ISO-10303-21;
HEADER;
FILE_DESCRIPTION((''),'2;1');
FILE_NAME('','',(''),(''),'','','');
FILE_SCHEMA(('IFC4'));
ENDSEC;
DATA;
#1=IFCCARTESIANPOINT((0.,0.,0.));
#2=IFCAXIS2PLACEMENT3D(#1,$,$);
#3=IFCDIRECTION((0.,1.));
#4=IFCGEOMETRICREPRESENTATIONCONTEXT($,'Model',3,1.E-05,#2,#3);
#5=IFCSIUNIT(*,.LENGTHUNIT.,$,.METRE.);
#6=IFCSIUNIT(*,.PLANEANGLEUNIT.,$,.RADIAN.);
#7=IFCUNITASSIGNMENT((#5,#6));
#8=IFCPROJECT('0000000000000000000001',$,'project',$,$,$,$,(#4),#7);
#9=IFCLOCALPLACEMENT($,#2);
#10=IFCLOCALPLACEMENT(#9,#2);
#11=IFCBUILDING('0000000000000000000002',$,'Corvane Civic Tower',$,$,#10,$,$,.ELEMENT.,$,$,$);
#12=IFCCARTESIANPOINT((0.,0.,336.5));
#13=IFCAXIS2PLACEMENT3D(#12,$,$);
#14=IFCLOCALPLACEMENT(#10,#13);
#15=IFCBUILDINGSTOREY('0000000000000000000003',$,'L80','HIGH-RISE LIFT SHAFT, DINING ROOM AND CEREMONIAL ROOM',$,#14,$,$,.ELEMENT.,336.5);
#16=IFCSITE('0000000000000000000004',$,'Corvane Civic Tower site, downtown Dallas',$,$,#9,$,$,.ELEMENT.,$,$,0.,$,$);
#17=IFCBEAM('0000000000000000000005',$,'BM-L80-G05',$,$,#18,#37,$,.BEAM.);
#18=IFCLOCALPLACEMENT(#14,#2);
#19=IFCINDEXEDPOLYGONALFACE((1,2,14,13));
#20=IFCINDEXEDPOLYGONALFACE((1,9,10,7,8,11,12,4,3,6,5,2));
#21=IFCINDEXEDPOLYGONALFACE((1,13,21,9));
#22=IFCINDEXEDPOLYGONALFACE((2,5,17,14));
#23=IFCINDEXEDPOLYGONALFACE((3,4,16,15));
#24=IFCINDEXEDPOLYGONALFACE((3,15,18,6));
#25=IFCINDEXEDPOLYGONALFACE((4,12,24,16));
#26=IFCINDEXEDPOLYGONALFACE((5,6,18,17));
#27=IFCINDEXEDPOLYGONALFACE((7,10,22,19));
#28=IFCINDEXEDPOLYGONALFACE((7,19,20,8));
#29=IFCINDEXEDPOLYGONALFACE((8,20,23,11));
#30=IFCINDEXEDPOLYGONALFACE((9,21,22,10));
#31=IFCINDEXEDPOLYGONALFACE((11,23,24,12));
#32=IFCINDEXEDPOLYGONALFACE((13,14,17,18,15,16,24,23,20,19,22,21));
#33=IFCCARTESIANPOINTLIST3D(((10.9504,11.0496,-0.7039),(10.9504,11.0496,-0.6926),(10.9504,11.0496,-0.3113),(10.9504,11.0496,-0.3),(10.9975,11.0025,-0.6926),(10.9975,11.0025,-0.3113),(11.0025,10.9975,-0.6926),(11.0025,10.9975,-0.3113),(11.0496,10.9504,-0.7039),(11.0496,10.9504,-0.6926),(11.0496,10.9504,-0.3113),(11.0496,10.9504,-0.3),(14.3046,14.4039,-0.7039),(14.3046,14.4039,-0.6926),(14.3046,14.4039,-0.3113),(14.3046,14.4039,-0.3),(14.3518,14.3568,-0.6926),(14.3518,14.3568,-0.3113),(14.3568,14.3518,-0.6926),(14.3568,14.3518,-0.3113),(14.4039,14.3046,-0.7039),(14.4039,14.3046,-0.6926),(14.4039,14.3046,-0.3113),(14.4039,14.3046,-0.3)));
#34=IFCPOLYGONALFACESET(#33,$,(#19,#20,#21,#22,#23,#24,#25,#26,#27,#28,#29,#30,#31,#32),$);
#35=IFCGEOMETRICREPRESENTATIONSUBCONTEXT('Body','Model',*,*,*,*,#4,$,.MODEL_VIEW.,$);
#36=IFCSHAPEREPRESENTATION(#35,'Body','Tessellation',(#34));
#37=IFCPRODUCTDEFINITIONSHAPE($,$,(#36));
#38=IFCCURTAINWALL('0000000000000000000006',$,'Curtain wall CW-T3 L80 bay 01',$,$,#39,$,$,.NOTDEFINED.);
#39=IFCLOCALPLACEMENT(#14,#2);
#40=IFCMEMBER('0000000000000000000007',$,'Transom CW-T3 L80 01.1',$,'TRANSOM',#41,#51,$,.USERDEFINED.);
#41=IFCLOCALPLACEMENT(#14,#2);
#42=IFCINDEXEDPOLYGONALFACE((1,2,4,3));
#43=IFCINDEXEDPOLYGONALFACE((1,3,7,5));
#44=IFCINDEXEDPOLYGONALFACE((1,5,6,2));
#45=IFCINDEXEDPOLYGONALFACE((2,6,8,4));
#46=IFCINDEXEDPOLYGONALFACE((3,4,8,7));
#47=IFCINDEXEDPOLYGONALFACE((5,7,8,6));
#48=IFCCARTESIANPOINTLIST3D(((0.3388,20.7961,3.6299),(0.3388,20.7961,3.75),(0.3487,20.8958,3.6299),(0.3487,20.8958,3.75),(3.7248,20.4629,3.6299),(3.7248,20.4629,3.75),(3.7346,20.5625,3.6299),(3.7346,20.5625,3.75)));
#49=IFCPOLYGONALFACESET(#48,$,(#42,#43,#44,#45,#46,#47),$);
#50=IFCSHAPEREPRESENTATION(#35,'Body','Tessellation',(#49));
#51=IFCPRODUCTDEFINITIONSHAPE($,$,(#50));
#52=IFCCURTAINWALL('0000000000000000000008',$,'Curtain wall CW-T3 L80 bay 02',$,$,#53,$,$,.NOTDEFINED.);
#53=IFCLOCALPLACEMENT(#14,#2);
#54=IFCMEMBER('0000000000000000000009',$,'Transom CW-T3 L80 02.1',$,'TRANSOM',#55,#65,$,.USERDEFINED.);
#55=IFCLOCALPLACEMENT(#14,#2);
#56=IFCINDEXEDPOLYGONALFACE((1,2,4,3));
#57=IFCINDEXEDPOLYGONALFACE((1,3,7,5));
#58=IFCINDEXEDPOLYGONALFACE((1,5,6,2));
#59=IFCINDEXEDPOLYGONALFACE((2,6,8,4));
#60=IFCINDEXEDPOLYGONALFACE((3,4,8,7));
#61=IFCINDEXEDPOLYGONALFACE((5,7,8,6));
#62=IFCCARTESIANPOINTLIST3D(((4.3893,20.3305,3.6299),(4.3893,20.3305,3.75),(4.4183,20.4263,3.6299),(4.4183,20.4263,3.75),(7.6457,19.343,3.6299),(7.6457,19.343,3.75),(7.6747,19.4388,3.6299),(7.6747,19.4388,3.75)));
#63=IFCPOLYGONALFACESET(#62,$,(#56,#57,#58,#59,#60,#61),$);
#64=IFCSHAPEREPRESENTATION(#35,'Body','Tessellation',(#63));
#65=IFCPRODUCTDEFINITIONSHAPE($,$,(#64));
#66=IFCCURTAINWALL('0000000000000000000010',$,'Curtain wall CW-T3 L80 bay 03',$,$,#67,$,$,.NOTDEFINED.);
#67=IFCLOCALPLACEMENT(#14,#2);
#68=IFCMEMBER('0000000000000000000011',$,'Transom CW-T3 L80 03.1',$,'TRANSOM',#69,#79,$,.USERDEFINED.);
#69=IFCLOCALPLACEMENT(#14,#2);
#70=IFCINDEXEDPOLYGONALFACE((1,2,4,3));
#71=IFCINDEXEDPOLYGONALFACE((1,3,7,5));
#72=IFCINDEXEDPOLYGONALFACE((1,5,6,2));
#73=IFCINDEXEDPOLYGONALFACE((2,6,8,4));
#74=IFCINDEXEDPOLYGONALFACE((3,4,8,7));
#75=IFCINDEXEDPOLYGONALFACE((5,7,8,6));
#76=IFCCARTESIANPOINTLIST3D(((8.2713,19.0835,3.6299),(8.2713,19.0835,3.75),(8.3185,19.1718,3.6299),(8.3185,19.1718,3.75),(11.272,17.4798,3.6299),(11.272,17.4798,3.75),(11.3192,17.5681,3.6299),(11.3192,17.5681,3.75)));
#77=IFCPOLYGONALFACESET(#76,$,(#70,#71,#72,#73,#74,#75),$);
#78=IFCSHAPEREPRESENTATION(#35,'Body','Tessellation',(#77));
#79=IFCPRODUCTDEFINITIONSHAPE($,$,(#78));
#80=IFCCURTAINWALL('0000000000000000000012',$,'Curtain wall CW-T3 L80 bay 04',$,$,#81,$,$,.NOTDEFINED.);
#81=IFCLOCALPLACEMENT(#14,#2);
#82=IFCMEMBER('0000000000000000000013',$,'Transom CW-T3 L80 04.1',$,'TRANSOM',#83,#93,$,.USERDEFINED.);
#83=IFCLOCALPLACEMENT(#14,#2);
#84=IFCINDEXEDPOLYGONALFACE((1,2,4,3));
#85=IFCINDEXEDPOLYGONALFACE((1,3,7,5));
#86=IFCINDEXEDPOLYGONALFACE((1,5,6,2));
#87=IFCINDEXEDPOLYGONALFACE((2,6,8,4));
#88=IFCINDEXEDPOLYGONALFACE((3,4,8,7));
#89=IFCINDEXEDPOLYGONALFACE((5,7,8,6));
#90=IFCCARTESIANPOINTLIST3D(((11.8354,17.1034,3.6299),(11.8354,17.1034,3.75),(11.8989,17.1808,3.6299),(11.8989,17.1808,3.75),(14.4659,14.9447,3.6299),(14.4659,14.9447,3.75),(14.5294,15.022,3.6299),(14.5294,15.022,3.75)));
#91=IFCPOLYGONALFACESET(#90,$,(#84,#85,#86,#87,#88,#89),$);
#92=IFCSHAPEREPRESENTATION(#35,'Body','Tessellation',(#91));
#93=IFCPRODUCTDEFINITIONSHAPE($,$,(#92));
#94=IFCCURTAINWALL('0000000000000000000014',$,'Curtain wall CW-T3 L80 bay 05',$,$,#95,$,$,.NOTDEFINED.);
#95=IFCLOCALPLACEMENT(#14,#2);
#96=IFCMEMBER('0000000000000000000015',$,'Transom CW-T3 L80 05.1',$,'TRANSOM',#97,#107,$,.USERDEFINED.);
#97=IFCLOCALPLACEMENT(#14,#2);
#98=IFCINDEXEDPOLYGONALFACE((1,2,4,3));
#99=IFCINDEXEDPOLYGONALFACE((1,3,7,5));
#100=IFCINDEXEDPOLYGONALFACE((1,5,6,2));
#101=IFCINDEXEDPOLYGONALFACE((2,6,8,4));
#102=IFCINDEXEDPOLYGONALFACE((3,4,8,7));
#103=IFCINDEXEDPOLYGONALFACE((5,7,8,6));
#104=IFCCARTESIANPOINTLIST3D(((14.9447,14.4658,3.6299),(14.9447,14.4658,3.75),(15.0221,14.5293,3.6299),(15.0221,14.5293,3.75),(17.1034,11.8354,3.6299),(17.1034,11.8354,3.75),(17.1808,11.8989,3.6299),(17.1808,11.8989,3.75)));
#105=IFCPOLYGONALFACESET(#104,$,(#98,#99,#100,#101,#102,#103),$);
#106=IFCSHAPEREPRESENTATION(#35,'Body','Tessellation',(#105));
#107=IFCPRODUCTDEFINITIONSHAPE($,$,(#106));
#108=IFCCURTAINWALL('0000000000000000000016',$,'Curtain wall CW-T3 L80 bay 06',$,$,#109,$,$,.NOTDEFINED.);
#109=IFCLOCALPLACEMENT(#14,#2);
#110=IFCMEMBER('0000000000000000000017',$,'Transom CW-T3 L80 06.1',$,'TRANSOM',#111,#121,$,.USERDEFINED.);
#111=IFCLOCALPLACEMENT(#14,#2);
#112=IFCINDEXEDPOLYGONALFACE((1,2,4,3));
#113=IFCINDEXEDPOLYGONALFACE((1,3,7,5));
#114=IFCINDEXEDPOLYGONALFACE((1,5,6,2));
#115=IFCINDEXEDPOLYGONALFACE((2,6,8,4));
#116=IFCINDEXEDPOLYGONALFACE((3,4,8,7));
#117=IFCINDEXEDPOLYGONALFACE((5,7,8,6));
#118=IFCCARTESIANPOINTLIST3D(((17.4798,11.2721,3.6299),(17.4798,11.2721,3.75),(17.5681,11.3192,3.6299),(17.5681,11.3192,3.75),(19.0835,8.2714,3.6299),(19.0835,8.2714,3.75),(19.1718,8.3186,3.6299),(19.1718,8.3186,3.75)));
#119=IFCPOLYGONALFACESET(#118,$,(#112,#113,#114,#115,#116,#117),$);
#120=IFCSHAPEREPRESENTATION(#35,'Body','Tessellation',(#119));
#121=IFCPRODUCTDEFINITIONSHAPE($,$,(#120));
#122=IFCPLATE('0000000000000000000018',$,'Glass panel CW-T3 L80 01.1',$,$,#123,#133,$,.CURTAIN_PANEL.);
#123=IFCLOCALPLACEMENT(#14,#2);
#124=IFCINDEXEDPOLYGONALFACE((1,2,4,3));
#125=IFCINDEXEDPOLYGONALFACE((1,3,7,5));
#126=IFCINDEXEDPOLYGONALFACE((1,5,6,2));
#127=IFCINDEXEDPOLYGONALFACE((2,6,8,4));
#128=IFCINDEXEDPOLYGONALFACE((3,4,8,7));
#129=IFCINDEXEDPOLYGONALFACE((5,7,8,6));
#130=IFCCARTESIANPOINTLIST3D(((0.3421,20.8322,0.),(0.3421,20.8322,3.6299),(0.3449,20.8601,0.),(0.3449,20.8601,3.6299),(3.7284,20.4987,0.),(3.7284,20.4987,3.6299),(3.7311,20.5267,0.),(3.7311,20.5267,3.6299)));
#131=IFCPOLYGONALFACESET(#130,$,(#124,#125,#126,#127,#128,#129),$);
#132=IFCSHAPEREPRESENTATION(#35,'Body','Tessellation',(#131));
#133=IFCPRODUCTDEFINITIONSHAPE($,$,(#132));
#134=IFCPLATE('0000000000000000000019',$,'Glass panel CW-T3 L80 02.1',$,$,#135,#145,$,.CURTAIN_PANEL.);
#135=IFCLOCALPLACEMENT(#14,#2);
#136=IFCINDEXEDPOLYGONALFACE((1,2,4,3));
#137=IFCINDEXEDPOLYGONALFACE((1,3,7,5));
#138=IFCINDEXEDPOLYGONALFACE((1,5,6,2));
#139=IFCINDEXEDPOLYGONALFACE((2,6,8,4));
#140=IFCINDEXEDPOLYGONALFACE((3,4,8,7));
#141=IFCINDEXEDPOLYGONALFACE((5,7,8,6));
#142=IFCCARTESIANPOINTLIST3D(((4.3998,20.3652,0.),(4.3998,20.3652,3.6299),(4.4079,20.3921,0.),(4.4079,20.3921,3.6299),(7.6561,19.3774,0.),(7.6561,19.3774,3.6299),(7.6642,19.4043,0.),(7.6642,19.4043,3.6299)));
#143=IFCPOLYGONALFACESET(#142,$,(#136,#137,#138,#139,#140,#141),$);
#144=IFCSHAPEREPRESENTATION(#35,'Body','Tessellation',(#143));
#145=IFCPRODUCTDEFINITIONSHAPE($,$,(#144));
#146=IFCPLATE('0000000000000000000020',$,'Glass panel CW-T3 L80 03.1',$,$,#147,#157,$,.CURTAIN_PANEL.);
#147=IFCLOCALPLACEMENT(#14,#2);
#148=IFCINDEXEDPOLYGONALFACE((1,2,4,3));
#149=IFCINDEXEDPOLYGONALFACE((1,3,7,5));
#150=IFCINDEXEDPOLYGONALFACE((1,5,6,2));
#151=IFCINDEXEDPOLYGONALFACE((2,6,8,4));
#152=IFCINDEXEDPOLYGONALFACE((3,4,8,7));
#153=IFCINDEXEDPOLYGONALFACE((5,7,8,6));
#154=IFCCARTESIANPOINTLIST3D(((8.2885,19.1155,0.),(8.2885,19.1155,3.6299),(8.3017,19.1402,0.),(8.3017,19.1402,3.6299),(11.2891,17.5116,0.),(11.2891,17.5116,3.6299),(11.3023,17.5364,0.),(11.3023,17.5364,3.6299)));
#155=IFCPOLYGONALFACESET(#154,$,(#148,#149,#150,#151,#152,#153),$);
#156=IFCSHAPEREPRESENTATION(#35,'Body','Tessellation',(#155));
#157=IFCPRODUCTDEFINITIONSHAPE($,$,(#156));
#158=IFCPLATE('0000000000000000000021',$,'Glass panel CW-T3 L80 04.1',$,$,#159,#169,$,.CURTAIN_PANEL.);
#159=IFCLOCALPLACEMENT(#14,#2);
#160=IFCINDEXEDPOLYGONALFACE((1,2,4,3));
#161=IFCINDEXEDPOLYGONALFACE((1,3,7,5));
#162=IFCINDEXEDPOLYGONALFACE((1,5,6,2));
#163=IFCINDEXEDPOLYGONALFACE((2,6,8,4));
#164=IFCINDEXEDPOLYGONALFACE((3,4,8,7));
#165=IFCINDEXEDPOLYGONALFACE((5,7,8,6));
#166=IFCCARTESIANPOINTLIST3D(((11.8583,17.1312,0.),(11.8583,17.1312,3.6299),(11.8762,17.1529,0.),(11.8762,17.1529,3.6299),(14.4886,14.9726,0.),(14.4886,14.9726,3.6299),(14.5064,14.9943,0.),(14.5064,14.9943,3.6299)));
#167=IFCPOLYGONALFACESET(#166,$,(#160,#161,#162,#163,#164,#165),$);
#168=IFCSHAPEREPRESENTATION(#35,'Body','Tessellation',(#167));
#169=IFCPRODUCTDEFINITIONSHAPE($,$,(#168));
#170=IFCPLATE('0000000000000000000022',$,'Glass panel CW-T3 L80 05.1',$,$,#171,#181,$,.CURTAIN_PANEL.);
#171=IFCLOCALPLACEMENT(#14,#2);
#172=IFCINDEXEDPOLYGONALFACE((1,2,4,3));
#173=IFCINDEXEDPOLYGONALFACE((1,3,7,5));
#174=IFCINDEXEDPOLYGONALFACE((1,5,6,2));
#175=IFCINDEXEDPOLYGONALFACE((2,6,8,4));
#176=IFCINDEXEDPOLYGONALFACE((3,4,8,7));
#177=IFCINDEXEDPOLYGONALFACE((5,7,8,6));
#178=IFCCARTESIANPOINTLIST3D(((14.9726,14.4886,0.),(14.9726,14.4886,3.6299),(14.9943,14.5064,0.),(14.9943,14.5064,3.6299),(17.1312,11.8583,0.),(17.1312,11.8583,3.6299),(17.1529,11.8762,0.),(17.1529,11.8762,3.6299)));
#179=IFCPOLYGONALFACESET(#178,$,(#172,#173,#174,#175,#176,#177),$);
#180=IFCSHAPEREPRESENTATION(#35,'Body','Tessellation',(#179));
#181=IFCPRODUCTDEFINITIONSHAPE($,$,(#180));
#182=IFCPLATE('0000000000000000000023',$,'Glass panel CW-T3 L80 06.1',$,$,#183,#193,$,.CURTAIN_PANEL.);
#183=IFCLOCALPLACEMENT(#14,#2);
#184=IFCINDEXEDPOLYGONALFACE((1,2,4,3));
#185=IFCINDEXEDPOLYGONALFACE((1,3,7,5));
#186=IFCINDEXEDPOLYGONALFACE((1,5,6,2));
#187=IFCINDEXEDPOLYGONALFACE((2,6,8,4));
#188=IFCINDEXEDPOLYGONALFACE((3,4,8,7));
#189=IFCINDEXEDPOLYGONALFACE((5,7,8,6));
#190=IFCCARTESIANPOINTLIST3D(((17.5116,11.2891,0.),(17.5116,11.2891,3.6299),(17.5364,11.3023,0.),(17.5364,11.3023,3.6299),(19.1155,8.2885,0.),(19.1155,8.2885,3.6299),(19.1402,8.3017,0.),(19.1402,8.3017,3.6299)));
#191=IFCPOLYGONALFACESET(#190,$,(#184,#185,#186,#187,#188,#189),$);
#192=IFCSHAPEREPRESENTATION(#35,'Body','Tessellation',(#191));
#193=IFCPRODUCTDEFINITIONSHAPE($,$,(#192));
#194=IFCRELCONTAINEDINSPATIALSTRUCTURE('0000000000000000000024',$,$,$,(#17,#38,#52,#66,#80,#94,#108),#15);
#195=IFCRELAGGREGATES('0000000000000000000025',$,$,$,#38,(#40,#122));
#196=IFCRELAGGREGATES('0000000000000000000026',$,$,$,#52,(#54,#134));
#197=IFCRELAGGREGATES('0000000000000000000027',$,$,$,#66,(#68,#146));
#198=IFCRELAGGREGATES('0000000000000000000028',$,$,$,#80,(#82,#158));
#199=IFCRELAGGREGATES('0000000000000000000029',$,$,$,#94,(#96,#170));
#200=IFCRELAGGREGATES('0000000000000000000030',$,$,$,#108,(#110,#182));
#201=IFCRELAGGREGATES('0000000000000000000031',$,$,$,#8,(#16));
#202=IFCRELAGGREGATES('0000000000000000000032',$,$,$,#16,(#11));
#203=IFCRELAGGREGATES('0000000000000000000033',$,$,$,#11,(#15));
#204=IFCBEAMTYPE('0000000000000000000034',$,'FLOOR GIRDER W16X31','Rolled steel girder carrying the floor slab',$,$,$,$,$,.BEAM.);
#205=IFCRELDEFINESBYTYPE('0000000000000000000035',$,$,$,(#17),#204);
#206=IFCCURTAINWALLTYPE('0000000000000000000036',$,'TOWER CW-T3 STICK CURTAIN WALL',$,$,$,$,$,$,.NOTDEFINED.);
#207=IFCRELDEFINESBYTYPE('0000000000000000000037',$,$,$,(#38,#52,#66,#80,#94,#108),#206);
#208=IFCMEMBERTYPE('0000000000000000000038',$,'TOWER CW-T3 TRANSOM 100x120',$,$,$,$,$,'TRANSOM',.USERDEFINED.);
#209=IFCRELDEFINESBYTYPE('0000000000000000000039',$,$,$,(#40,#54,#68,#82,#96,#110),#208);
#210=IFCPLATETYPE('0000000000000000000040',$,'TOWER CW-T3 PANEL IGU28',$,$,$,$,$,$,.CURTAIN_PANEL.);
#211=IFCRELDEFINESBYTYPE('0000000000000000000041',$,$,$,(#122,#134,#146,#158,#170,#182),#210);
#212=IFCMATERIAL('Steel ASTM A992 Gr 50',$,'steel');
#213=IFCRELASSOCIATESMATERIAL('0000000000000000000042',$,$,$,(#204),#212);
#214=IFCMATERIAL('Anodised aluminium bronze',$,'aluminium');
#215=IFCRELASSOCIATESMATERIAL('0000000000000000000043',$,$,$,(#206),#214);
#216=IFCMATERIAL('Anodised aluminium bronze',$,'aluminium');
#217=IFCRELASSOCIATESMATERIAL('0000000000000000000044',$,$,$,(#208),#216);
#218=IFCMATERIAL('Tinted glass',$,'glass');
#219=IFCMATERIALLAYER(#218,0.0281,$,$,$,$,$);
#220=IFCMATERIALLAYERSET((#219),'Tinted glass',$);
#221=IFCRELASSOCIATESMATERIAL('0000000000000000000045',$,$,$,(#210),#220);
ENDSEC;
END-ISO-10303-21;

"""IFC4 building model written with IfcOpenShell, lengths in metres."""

from ifc_helpers import new_model, si_unit, direction, frame, origin, origin_2d, place, context, subcontext, project, spatial, rectangle, i_section, extrude, material, layer, layer_set, material_profile, profile_set, type_object, element, aggregate, save


model = new_model("IFC4")

# Units and contexts
model_context = context("Model", 3, precision=1e-05, world=origin(), true_north=direction((0.0, 1.0)))
body_context = subcontext(model_context, "Body", "Model", "MODEL_VIEW")
ifc_project = project(units=[si_unit("LENGTHUNIT", "METRE"), si_unit("PLANEANGLEUNIT", "RADIAN")], contexts=[model_context])

# Site, building, storey
site_placement = place(None, origin())
site = spatial("IfcSite", under=ifc_project, at=site_placement, Name="Corvane Civic Tower site, downtown Dallas", CompositionType="ELEMENT", RefElevation=0.0)
building_placement = place(site_placement, origin())
building = spatial("IfcBuilding", under=site, at=building_placement, Name="Corvane Civic Tower", CompositionType="ELEMENT")
storey_placement = place(building_placement, frame((0.0, 0.0, 336.5)))
storey = spatial("IfcBuildingStorey", under=building, at=storey_placement, Name="L80", Description="HIGH-RISE LIFT SHAFT, DINING ROOM AND CEREMONIAL ROOM", CompositionType="ELEMENT", Elevation=336.5)

# Beam
ifc_material_1 = material(Name="Steel ASTM A992 Gr 50", Category="steel")
ifc_material_profile_1 = material_profile(ifc_material_1, i_section(OverallWidth=0.1404, OverallDepth=0.4038, WebThickness=0.0071, FlangeThickness=0.0112, at=origin_2d()), Name="W16X31")
ifc_profile_set_1 = profile_set([ifc_material_profile_1], Name="Steel ASTM A992 Gr 50")
beam_type_1 = type_object("IfcBeamType", Name="FLOOR GIRDER W16X31", Description="Rolled steel girder carrying the floor slab", PredefinedType="BEAM", material=ifc_profile_set_1)
beam_1_placement = place(storey_placement, frame((11.0, 11.0, -0.502), z_axis=(0.707107, 0.707107, 0.0), x_axis=(-0.707107, 0.707107, 0.0)))
element("IfcBeam", 1, at=beam_1_placement, inside=storey, type_object=beam_type_1, Name="BM-L80-G05", PredefinedType="BEAM", context=body_context, shape_type="SweptSolid", body=[
    extrude(i_section(OverallWidth=0.1404, OverallDepth=0.4038, WebThickness=0.0071, FlangeThickness=0.0112, at=origin_2d()), origin(), (0.0, 0.0, 1.0), 4.7437),
])

# Curtain walls, members
ifc_material_2 = material(Name="Anodised aluminium bronze", Category="aluminium")
curtain_wall_type = type_object("IfcCurtainWallType", Name="TOWER CW-T3 STICK CURTAIN WALL", PredefinedType="NOTDEFINED", material=ifc_material_2)
curtain_wall_1_placement = place(storey_placement, origin())
curtain_wall_1 = element("IfcCurtainWall", 2, at=curtain_wall_1_placement, inside=storey, type_object=curtain_wall_type, Name="Curtain wall CW-T3 L80 bay 01", PredefinedType="NOTDEFINED")
ifc_material_3 = material(Name="Anodised aluminium bronze", Category="aluminium")
ifc_material_profile_2 = material_profile(ifc_material_3, rectangle(XDim=0.1001, YDim=0.1201, at=origin_2d()), Name="TOWER CW-T3 TRANSOM 100x120")
ifc_profile_set_2 = profile_set([ifc_material_profile_2], Name="Anodised aluminium bronze")
member_type = type_object("IfcMemberType", Name="TOWER CW-T3 TRANSOM 100x120", ElementType="TRANSOM", PredefinedType="USERDEFINED", material=ifc_profile_set_2)
member_1_placement = place(storey_placement, frame((0.3438, 20.8459, 3.6899), z_axis=(0.995192, -0.097948, 0.0), x_axis=(0.097948, 0.995192, 0.0)))
member_1 = element("IfcMember", 3, at=member_1_placement, type_object=member_type, Name="Transom CW-T3 L80 01.1", ObjectType="TRANSOM", PredefinedType="USERDEFINED", context=body_context, shape_type="SweptSolid", body=[
    extrude(rectangle(XDim=0.1001, YDim=0.1201, at=origin_2d()), origin(), (0.0, 0.0, 1.0), 3.4023),
])
curtain_wall_2_placement = place(storey_placement, origin())
curtain_wall_2 = element("IfcCurtainWall", 4, at=curtain_wall_2_placement, inside=storey, type_object=curtain_wall_type, Name="Curtain wall CW-T3 L80 bay 02", PredefinedType="NOTDEFINED")
member_2_placement = place(storey_placement, frame((4.4038, 20.3784, 3.6899), z_axis=(0.956961, -0.290216, 0.0), x_axis=(0.290216, 0.956961, 0.0)))
member_2 = element("IfcMember", 5, at=member_2_placement, type_object=member_type, Name="Transom CW-T3 L80 02.1", ObjectType="TRANSOM", PredefinedType="USERDEFINED", context=body_context, shape_type="SweptSolid", body=[
    extrude(rectangle(XDim=0.1001, YDim=0.1201, at=origin_2d()), origin(), (0.0, 0.0, 1.0), 3.4028),
])
curtain_wall_3_placement = place(storey_placement, origin())
curtain_wall_3 = element("IfcCurtainWall", 6, at=curtain_wall_3_placement, inside=storey, type_object=curtain_wall_type, Name="Curtain wall CW-T3 L80 bay 03", PredefinedType="NOTDEFINED")
member_3_placement = place(storey_placement, frame((8.2949, 19.1277, 3.6899), z_axis=(0.881941, -0.471359, 0.0), x_axis=(0.471359, 0.881941, 0.0)))
member_3 = element("IfcMember", 7, at=member_3_placement, type_object=member_type, Name="Transom CW-T3 L80 03.1", ObjectType="TRANSOM", PredefinedType="USERDEFINED", context=body_context, shape_type="SweptSolid", body=[
    extrude(rectangle(XDim=0.1001, YDim=0.1201, at=origin_2d()), origin(), (0.0, 0.0, 1.0), 3.4023),
])
curtain_wall_4_placement = place(storey_placement, origin())
curtain_wall_4 = element("IfcCurtainWall", 8, at=curtain_wall_4_placement, inside=storey, type_object=curtain_wall_type, Name="Curtain wall CW-T3 L80 bay 04", PredefinedType="NOTDEFINED")
member_4_placement = place(storey_placement, frame((11.8672, 17.1421, 3.6899), z_axis=(0.77301, -0.634394, 0.0), x_axis=(0.634394, 0.77301, 0.0)))
member_4 = element("IfcMember", 9, at=member_4_placement, type_object=member_type, Name="Transom CW-T3 L80 04.1", ObjectType="TRANSOM", PredefinedType="USERDEFINED", context=body_context, shape_type="SweptSolid", body=[
    extrude(rectangle(XDim=0.1001, YDim=0.1201, at=origin_2d()), origin(), (0.0, 0.0, 1.0), 3.4028),
])
curtain_wall_5_placement = place(storey_placement, origin())
curtain_wall_5 = element("IfcCurtainWall", 10, at=curtain_wall_5_placement, inside=storey, type_object=curtain_wall_type, Name="Curtain wall CW-T3 L80 bay 05", PredefinedType="NOTDEFINED")
member_5_placement = place(storey_placement, frame((14.9834, 14.4976, 3.6899), z_axis=(0.634394, -0.77301, 0.0), x_axis=(0.77301, 0.634394, 0.0)))
member_5 = element("IfcMember", 11, at=member_5_placement, type_object=member_type, Name="Transom CW-T3 L80 05.1", ObjectType="TRANSOM", PredefinedType="USERDEFINED", context=body_context, shape_type="SweptSolid", body=[
    extrude(rectangle(XDim=0.1001, YDim=0.1201, at=origin_2d()), origin(), (0.0, 0.0, 1.0), 3.4028),
])
curtain_wall_6_placement = place(storey_placement, origin())
curtain_wall_6 = element("IfcCurtainWall", 12, at=curtain_wall_6_placement, inside=storey, type_object=curtain_wall_type, Name="Curtain wall CW-T3 L80 bay 06", PredefinedType="NOTDEFINED")
member_6_placement = place(storey_placement, frame((17.5239, 11.2957, 3.6899), z_axis=(0.471359, -0.881941, 0.0), x_axis=(0.881941, 0.471359, 0.0)))
member_6 = element("IfcMember", 13, at=member_6_placement, type_object=member_type, Name="Transom CW-T3 L80 06.1", ObjectType="TRANSOM", PredefinedType="USERDEFINED", context=body_context, shape_type="SweptSolid", body=[
    extrude(rectangle(XDim=0.1001, YDim=0.1201, at=origin_2d()), origin(), (0.0, 0.0, 1.0), 3.4023),
])

# Plates
ifc_material_4 = material(Name="Tinted glass", Category="glass")
ifc_layer_1 = layer(ifc_material_4, 0.0281)
ifc_layer_set_1 = layer_set([ifc_layer_1], Name="Tinted glass")
plate_type = type_object("IfcPlateType", Name="TOWER CW-T3 PANEL IGU28", PredefinedType="CURTAIN_PANEL", material=ifc_layer_set_1)
plate_1_placement = place(storey_placement, frame((2.0366, 20.6794, 0.0), z_axis=(0.0, 0.0, 1.0), x_axis=(0.995187, -0.097998, 0.0)))
plate_1 = element("IfcPlate", 14, at=plate_1_placement, type_object=plate_type, Name="Glass panel CW-T3 L80 01.1", PredefinedType="CURTAIN_PANEL", context=body_context, shape_type="SweptSolid", body=[
    extrude(rectangle(XDim=3.4026, YDim=0.0281, at=origin_2d()), origin(), (0.0, 0.0, 1.0), 3.6299),
])
aggregate(curtain_wall_1, [member_1, plate_1])
plate_2_placement = place(storey_placement, frame((6.032, 19.8848, 0.0), z_axis=(0.0, 0.0, 1.0), x_axis=(0.956939, -0.29029, 0.0)))
plate_2 = element("IfcPlate", 15, at=plate_2_placement, type_object=plate_type, Name="Glass panel CW-T3 L80 02.1", PredefinedType="CURTAIN_PANEL", context=body_context, shape_type="SweptSolid", body=[
    extrude(rectangle(XDim=3.4028, YDim=0.0281, at=origin_2d()), origin(), (0.0, 0.0, 1.0), 3.6299),
])
aggregate(curtain_wall_2, [member_2, plate_2])
plate_3_placement = place(storey_placement, frame((9.7954, 18.3259, 0.0), z_axis=(0.0, 0.0, 1.0), x_axis=(0.881928, -0.471384, 0.0)))
plate_3 = element("IfcPlate", 16, at=plate_3_placement, type_object=plate_type, Name="Glass panel CW-T3 L80 03.1", PredefinedType="CURTAIN_PANEL", context=body_context, shape_type="SweptSolid", body=[
    extrude(rectangle(XDim=3.4023, YDim=0.0281, at=origin_2d()), origin(), (0.0, 0.0, 1.0), 3.6299),
])
aggregate(curtain_wall_3, [member_3, plate_3])
plate_4_placement = place(storey_placement, frame((13.1824, 16.0627, 0.0), z_axis=(0.0, 0.0, 1.0), x_axis=(0.77301, -0.634393, 0.0)))
plate_4 = element("IfcPlate", 17, at=plate_4_placement, type_object=plate_type, Name="Glass panel CW-T3 L80 04.1", PredefinedType="CURTAIN_PANEL", context=body_context, shape_type="SweptSolid", body=[
    extrude(rectangle(XDim=3.4026, YDim=0.0281, at=origin_2d()), origin(), (0.0, 0.0, 1.0), 3.6299),
])
aggregate(curtain_wall_4, [member_4, plate_4])
plate_5_placement = place(storey_placement, frame((16.0627, 13.1824, 0.0), z_axis=(0.0, 0.0, 1.0), x_axis=(0.634393, -0.77301, 0.0)))
plate_5 = element("IfcPlate", 18, at=plate_5_placement, type_object=plate_type, Name="Glass panel CW-T3 L80 05.1", PredefinedType="CURTAIN_PANEL", context=body_context, shape_type="SweptSolid", body=[
    extrude(rectangle(XDim=3.4026, YDim=0.0281, at=origin_2d()), origin(), (0.0, 0.0, 1.0), 3.6299),
])
aggregate(curtain_wall_5, [member_5, plate_5])
plate_6_placement = place(storey_placement, frame((18.3259, 9.7954, 0.0), z_axis=(0.0, 0.0, 1.0), x_axis=(0.471384, -0.881928, 0.0)))
plate_6 = element("IfcPlate", 19, at=plate_6_placement, type_object=plate_type, Name="Glass panel CW-T3 L80 06.1", PredefinedType="CURTAIN_PANEL", context=body_context, shape_type="SweptSolid", body=[
    extrude(rectangle(XDim=3.4023, YDim=0.0281, at=origin_2d()), origin(), (0.0, 0.0, 1.0), 3.6299),
])
aggregate(curtain_wall_6, [member_6, plate_6])

save(model, "model.ifc")
